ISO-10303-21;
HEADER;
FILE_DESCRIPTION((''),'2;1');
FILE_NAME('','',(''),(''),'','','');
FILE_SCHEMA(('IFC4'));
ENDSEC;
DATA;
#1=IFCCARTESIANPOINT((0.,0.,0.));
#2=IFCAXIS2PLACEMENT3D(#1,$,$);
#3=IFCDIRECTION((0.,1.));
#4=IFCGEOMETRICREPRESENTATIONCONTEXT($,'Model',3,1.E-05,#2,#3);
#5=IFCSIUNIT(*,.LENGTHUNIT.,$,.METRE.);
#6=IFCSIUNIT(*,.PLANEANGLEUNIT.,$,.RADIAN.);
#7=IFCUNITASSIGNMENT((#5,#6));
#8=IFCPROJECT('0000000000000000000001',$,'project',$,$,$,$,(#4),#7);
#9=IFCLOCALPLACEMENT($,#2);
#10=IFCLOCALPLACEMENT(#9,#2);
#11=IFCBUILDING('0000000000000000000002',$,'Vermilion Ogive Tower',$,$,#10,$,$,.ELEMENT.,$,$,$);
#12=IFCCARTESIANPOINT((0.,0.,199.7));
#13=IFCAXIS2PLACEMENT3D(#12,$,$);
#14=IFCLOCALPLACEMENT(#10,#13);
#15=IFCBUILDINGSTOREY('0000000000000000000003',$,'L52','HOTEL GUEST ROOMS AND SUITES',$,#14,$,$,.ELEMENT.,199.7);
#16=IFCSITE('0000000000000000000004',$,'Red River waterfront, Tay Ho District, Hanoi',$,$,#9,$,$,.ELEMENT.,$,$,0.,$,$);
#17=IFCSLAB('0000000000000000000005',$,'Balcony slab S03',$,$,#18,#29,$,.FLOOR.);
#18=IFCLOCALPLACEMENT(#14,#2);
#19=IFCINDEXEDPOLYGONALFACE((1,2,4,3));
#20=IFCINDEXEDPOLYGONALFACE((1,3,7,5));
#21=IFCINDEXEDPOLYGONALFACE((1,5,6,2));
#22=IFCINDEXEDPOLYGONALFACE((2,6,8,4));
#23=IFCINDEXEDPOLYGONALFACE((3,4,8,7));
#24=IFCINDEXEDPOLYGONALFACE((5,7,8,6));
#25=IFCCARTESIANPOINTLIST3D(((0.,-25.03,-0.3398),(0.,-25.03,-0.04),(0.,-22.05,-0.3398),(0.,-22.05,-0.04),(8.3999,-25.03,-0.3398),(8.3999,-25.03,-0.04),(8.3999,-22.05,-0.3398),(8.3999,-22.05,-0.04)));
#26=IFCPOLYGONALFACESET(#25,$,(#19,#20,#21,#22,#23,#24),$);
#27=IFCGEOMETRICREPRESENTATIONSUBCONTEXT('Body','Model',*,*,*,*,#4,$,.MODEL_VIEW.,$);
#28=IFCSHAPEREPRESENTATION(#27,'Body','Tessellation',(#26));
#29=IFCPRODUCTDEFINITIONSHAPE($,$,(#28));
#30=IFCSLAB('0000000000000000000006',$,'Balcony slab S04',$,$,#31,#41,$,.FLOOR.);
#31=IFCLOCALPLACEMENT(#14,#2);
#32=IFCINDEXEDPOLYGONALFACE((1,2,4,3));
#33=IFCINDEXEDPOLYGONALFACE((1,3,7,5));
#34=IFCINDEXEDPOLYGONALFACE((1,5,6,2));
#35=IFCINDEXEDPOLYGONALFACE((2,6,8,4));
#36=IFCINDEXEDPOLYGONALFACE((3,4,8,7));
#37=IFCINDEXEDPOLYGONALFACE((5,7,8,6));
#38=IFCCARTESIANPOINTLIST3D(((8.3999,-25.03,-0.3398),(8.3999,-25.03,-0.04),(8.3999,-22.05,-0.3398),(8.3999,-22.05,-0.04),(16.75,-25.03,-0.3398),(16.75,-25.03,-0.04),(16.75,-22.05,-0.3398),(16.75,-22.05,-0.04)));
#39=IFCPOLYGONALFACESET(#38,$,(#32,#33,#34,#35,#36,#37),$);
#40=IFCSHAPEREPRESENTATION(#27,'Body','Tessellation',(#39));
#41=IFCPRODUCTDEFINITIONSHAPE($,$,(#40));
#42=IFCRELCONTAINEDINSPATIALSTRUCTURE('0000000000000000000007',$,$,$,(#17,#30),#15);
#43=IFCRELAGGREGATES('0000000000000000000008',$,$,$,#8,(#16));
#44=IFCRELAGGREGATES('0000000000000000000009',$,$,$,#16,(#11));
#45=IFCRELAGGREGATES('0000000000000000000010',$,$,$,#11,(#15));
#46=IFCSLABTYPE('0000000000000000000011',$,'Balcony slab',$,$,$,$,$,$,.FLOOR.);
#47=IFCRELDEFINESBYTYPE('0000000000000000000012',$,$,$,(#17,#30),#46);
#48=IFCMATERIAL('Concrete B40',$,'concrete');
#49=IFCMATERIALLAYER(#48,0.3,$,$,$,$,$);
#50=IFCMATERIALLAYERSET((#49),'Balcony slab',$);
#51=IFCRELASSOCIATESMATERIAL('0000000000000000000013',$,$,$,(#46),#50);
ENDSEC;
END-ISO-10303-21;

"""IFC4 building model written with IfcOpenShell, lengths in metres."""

from ifc_helpers import new_model, si_unit, direction, frame, origin, place, context, subcontext, project, spatial, polyline, outline, extrude, material, layer, layer_set, type_object, element, save


model = new_model("IFC4")

# Units and contexts
model_context = context("Model", 3, precision=1e-05, world=origin(), true_north=direction((0.0, 1.0)))
body_context = subcontext(model_context, "Body", "Model", "MODEL_VIEW")
ifc_project = project(units=[si_unit("LENGTHUNIT", "METRE"), si_unit("PLANEANGLEUNIT", "RADIAN")], contexts=[model_context])

# Site, building, storey
site_placement = place(None, origin())
site = spatial("IfcSite", under=ifc_project, at=site_placement, Name="Red River waterfront, Tay Ho District, Hanoi", CompositionType="ELEMENT", RefElevation=0.0)
building_placement = place(site_placement, origin())
building = spatial("IfcBuilding", under=site, at=building_placement, Name="Vermilion Ogive Tower", CompositionType="ELEMENT")
storey_placement = place(building_placement, frame((0.0, 0.0, 199.7)))
storey = spatial("IfcBuildingStorey", under=building, at=storey_placement, Name="L52", Description="HOTEL GUEST ROOMS AND SUITES", CompositionType="ELEMENT", Elevation=199.7)

# Slabs
ifc_material_1 = material(Name="Concrete B40", Category="concrete")
ifc_layer_1 = layer(ifc_material_1, 0.3)
ifc_layer_set_1 = layer_set([ifc_layer_1], Name="Balcony slab")
slab_type_1 = type_object("IfcSlabType", Name="Balcony slab", PredefinedType="FLOOR", material=ifc_layer_set_1)
slab_1_placement = place(storey_placement, frame((0.0, 0.0, -0.3398)))
element("IfcSlab", 1, at=slab_1_placement, inside=storey, type_object=slab_type_1, Name="Balcony slab S03", PredefinedType="FLOOR", context=body_context, shape_type="SweptSolid", body=[
    extrude(outline(polyline([(0.0, -25.03), (8.3999, -25.03), (8.3999, -22.05), (0.0, -22.05), (0.0, -25.03)])), origin(), (0.0, 0.0, 1.0), 0.2998),
])
slab_2_placement = place(storey_placement, frame((0.0, 0.0, -0.3398)))
element("IfcSlab", 2, at=slab_2_placement, inside=storey, type_object=slab_type_1, Name="Balcony slab S04", PredefinedType="FLOOR", context=body_context, shape_type="SweptSolid", body=[
    extrude(outline(polyline([(8.3999, -25.03), (16.75, -25.03), (16.75, -22.05), (8.3999, -22.05), (8.3999, -25.03)])), origin(), (0.0, 0.0, 1.0), 0.2998),
])

save(model, "model.ifc")
